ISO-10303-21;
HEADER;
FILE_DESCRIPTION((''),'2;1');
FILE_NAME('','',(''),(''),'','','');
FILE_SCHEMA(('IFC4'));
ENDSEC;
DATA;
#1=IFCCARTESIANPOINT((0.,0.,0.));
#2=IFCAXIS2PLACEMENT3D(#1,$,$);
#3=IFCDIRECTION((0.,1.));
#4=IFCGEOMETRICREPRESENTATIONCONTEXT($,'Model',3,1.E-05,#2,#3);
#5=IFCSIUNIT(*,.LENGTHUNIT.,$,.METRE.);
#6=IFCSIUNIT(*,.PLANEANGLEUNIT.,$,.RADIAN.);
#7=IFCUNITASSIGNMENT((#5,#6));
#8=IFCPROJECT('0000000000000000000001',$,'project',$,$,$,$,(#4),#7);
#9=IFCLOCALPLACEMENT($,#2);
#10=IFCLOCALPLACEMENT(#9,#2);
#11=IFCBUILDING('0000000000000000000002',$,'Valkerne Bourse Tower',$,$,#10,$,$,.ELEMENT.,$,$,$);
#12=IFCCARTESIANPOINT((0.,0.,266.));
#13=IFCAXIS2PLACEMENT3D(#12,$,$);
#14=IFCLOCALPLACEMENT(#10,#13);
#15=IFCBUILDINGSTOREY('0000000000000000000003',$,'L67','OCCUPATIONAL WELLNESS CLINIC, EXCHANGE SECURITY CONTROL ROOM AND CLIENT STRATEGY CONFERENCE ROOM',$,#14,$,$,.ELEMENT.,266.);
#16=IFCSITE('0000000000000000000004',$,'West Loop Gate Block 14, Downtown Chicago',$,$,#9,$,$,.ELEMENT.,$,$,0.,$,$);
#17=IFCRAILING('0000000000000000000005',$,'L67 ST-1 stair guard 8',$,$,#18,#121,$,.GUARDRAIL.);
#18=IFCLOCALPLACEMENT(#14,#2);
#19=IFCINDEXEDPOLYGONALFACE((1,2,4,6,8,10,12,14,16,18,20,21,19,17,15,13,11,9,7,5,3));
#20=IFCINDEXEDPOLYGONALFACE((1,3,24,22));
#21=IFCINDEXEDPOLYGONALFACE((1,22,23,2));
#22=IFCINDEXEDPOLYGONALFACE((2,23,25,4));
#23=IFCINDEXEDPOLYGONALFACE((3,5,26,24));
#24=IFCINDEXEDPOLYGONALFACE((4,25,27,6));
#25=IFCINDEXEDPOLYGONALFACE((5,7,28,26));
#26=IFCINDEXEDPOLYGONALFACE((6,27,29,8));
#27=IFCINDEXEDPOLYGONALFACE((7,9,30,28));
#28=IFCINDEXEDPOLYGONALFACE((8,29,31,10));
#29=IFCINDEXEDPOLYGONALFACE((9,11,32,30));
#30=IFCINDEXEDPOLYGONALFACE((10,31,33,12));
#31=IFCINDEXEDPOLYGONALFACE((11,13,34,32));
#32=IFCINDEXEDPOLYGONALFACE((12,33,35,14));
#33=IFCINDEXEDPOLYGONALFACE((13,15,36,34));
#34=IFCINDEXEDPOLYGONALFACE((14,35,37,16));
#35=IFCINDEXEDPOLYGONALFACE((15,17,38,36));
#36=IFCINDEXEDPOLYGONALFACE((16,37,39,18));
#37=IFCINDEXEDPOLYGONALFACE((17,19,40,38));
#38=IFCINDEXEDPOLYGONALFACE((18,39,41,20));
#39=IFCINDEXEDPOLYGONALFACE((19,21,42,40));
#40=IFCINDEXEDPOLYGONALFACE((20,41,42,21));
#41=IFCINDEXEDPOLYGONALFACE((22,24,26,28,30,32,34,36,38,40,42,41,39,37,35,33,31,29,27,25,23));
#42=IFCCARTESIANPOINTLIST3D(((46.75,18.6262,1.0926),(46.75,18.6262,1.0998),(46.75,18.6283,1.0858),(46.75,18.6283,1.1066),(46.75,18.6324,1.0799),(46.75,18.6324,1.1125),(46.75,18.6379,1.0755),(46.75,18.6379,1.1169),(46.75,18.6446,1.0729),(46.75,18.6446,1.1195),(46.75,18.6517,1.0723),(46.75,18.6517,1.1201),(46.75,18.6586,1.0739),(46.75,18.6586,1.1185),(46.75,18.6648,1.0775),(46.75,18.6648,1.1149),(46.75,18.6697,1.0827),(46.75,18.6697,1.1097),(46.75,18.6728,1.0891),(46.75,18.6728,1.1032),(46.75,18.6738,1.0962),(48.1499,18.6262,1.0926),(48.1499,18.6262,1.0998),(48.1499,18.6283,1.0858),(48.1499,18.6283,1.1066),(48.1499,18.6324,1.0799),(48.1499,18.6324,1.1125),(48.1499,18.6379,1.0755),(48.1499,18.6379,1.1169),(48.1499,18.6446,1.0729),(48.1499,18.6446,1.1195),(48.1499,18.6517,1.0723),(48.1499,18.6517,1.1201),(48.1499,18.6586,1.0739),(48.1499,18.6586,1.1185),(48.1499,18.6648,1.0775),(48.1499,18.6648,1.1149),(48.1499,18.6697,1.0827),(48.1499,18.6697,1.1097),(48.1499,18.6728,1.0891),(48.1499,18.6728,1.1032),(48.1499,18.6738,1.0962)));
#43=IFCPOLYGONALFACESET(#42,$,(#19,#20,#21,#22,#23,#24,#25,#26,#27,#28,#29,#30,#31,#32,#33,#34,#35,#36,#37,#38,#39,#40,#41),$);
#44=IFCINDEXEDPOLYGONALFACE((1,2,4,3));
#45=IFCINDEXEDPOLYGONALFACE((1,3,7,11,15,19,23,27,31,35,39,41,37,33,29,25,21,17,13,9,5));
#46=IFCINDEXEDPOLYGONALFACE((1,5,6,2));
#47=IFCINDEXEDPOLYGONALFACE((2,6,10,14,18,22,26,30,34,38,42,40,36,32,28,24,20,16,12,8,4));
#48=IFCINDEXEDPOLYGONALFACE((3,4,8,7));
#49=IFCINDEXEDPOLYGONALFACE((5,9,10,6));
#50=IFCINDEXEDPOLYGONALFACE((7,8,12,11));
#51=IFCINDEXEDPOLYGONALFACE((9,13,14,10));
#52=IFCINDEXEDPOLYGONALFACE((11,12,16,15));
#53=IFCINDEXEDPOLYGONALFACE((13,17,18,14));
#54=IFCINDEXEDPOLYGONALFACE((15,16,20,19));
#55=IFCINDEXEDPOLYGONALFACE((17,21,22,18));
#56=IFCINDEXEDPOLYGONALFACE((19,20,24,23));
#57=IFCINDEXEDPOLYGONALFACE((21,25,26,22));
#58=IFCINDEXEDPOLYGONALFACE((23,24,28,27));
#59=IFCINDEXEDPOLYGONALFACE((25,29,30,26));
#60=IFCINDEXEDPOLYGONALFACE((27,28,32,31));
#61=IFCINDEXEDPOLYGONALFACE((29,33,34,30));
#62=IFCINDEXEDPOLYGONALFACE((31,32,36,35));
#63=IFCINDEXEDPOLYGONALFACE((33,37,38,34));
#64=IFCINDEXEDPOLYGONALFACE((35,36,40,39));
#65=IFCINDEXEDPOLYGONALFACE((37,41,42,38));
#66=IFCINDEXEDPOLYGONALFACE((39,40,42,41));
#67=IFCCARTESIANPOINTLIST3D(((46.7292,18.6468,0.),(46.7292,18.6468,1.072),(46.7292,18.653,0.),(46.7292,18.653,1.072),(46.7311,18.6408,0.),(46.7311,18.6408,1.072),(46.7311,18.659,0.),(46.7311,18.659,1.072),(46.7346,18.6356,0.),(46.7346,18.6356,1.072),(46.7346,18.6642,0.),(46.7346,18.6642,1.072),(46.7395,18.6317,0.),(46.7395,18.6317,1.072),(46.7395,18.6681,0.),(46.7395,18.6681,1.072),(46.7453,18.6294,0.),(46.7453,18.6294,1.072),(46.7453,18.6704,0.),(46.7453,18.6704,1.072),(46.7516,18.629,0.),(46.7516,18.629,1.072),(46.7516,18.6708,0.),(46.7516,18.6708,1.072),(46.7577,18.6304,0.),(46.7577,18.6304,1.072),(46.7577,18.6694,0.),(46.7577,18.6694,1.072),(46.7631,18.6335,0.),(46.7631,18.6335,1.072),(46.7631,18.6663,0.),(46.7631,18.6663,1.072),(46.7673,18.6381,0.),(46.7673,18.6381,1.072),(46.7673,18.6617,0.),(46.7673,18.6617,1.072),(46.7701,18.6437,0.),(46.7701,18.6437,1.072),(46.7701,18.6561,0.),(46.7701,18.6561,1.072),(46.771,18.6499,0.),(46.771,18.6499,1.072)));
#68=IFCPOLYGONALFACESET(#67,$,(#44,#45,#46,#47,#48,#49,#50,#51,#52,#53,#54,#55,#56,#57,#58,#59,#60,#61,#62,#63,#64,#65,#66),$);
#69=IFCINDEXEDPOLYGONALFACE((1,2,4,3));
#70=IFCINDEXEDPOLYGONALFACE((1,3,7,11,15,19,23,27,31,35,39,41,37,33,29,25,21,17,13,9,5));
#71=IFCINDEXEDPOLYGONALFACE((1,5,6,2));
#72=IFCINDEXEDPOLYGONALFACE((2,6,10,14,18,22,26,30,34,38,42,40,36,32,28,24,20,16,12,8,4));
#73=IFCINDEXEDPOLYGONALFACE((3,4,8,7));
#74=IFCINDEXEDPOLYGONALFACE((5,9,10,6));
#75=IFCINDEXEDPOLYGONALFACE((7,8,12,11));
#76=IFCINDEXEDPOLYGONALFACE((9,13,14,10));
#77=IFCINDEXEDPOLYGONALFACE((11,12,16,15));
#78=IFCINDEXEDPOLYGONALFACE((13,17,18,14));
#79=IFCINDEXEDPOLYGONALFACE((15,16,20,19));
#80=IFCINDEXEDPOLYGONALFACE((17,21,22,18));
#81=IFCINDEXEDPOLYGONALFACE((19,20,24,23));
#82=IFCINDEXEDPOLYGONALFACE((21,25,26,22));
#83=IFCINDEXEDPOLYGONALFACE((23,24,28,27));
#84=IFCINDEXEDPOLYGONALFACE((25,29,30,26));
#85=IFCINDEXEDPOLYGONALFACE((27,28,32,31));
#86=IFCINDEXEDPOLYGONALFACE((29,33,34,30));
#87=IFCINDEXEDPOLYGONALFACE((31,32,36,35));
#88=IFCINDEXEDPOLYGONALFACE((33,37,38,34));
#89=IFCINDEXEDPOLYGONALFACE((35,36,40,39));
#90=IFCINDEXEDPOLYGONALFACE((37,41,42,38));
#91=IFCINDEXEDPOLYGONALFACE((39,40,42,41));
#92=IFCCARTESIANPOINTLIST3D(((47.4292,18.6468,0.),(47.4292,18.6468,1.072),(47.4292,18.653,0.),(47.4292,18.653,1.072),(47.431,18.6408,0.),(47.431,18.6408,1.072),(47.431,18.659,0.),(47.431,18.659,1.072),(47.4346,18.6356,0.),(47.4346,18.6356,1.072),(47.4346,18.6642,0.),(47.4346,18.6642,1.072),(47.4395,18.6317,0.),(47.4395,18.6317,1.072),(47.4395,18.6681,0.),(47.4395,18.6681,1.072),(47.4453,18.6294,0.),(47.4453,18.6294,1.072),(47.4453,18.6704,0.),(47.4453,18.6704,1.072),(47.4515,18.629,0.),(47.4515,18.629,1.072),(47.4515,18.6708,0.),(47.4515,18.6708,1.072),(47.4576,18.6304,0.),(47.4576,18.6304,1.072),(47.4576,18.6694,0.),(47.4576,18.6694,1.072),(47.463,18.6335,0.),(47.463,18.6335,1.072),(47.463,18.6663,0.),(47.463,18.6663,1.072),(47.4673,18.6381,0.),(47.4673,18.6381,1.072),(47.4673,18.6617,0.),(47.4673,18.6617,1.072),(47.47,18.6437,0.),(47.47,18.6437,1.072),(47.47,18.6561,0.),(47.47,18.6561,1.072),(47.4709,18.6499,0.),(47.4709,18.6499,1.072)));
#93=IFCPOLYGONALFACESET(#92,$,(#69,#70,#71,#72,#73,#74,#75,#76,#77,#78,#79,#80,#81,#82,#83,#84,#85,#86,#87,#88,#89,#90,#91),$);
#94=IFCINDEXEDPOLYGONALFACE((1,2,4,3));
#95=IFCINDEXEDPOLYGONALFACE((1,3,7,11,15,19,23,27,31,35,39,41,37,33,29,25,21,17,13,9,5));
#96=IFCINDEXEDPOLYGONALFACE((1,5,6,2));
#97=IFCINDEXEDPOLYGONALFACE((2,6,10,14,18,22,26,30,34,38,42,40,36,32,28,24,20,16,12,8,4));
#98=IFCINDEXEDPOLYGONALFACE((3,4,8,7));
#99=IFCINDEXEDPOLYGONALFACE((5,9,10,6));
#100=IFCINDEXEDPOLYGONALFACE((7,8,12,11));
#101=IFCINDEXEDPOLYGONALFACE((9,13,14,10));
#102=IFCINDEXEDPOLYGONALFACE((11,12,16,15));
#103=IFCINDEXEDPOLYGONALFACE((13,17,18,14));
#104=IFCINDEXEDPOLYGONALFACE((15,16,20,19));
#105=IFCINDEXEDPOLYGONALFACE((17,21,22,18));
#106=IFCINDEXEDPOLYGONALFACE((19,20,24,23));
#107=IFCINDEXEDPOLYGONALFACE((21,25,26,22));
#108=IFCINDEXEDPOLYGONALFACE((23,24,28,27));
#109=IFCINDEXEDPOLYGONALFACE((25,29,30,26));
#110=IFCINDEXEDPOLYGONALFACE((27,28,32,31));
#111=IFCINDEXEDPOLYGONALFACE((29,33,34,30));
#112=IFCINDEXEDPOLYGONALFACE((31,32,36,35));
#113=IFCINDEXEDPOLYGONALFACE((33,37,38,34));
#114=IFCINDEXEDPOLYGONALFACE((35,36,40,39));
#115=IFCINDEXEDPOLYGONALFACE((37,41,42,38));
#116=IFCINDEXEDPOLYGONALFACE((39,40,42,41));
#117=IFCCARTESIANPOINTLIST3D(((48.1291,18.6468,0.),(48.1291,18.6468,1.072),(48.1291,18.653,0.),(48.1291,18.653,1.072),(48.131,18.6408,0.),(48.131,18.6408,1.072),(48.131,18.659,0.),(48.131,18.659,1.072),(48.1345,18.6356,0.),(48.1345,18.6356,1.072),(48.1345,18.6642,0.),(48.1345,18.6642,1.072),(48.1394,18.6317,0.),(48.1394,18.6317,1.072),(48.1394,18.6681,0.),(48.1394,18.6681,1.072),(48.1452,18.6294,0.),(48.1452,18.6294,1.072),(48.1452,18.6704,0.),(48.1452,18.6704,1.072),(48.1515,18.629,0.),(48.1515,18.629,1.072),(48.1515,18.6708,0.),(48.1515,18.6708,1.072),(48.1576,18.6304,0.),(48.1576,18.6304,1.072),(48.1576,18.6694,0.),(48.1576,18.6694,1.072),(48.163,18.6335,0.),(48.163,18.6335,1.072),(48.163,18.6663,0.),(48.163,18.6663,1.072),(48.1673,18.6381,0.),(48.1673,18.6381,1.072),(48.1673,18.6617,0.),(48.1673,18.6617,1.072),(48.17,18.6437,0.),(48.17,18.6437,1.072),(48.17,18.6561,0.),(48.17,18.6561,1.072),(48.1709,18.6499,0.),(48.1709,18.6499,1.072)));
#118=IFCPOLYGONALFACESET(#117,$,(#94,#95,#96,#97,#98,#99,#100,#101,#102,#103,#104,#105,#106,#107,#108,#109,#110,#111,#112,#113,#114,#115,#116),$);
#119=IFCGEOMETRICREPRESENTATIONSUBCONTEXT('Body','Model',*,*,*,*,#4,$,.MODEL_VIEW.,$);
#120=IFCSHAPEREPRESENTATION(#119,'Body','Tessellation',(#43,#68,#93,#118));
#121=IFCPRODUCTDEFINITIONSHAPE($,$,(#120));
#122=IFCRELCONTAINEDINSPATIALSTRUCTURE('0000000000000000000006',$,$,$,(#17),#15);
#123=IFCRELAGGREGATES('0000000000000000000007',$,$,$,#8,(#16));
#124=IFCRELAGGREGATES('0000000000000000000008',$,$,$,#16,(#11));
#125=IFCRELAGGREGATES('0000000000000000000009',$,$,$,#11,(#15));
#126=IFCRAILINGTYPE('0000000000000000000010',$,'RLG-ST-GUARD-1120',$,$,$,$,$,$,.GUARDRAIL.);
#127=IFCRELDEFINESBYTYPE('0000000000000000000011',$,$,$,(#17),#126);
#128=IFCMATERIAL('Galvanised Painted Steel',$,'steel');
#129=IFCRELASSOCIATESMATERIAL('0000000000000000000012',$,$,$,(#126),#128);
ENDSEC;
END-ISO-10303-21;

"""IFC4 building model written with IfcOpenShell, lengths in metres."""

from ifc_helpers import new_model, si_unit, direction, frame, origin, origin_2d, place, context, subcontext, project, spatial, circle, extrude, material, type_object, element, save


model = new_model("IFC4")

# Units and contexts
model_context = context("Model", 3, precision=1e-05, world=origin(), true_north=direction((0.0, 1.0)))
body_context = subcontext(model_context, "Body", "Model", "MODEL_VIEW")
ifc_project = project(units=[si_unit("LENGTHUNIT", "METRE"), si_unit("PLANEANGLEUNIT", "RADIAN")], contexts=[model_context])

# Site, building, storey
site_placement = place(None, origin())
site = spatial("IfcSite", under=ifc_project, at=site_placement, Name="West Loop Gate Block 14, Downtown Chicago", CompositionType="ELEMENT", RefElevation=0.0)
building_placement = place(site_placement, origin())
building = spatial("IfcBuilding", under=site, at=building_placement, Name="Valkerne Bourse Tower", CompositionType="ELEMENT")
storey_placement = place(building_placement, frame((0.0, 0.0, 266.0)))
storey = spatial("IfcBuildingStorey", under=building, at=storey_placement, Name="L67", Description="OCCUPATIONAL WELLNESS CLINIC, EXCHANGE SECURITY CONTROL ROOM AND CLIENT STRATEGY CONFERENCE ROOM", CompositionType="ELEMENT", Elevation=266.0)

# Railing
ifc_material_1 = material(Name="Galvanised Painted Steel", Category="steel")
railing_type_1 = type_object("IfcRailingType", Name="RLG-ST-GUARD-1120", PredefinedType="GUARDRAIL", material=ifc_material_1)
railing_1_placement = place(storey_placement, frame((46.75, 18.6499, 0.0)))
element("IfcRailing", 1, at=railing_1_placement, inside=storey, type_object=railing_type_1, Name="L67 ST-1 stair guard 8", PredefinedType="GUARDRAIL", context=body_context, shape_type="SweptSolid", body=[
    extrude(circle(Radius=0.0239, at=origin_2d()), frame((0.0, 0.0, 1.0962), z_axis=(1.0, 0.0, 0.0), x_axis=(0.0, 1.0, 0.0)), (0.0, 0.0, 1.0), 1.3999),
    extrude(circle(Radius=0.021, at=origin_2d()), origin(), (0.0, 0.0, 1.0), 1.072),
    extrude(circle(Radius=0.021, at=origin_2d()), frame((0.7, 0.0, 0.0)), (0.0, 0.0, 1.0), 1.072),
    extrude(circle(Radius=0.021, at=origin_2d()), frame((1.3999, 0.0, 0.0)), (0.0, 0.0, 1.0), 1.072),
])

save(model, "model.ifc")
